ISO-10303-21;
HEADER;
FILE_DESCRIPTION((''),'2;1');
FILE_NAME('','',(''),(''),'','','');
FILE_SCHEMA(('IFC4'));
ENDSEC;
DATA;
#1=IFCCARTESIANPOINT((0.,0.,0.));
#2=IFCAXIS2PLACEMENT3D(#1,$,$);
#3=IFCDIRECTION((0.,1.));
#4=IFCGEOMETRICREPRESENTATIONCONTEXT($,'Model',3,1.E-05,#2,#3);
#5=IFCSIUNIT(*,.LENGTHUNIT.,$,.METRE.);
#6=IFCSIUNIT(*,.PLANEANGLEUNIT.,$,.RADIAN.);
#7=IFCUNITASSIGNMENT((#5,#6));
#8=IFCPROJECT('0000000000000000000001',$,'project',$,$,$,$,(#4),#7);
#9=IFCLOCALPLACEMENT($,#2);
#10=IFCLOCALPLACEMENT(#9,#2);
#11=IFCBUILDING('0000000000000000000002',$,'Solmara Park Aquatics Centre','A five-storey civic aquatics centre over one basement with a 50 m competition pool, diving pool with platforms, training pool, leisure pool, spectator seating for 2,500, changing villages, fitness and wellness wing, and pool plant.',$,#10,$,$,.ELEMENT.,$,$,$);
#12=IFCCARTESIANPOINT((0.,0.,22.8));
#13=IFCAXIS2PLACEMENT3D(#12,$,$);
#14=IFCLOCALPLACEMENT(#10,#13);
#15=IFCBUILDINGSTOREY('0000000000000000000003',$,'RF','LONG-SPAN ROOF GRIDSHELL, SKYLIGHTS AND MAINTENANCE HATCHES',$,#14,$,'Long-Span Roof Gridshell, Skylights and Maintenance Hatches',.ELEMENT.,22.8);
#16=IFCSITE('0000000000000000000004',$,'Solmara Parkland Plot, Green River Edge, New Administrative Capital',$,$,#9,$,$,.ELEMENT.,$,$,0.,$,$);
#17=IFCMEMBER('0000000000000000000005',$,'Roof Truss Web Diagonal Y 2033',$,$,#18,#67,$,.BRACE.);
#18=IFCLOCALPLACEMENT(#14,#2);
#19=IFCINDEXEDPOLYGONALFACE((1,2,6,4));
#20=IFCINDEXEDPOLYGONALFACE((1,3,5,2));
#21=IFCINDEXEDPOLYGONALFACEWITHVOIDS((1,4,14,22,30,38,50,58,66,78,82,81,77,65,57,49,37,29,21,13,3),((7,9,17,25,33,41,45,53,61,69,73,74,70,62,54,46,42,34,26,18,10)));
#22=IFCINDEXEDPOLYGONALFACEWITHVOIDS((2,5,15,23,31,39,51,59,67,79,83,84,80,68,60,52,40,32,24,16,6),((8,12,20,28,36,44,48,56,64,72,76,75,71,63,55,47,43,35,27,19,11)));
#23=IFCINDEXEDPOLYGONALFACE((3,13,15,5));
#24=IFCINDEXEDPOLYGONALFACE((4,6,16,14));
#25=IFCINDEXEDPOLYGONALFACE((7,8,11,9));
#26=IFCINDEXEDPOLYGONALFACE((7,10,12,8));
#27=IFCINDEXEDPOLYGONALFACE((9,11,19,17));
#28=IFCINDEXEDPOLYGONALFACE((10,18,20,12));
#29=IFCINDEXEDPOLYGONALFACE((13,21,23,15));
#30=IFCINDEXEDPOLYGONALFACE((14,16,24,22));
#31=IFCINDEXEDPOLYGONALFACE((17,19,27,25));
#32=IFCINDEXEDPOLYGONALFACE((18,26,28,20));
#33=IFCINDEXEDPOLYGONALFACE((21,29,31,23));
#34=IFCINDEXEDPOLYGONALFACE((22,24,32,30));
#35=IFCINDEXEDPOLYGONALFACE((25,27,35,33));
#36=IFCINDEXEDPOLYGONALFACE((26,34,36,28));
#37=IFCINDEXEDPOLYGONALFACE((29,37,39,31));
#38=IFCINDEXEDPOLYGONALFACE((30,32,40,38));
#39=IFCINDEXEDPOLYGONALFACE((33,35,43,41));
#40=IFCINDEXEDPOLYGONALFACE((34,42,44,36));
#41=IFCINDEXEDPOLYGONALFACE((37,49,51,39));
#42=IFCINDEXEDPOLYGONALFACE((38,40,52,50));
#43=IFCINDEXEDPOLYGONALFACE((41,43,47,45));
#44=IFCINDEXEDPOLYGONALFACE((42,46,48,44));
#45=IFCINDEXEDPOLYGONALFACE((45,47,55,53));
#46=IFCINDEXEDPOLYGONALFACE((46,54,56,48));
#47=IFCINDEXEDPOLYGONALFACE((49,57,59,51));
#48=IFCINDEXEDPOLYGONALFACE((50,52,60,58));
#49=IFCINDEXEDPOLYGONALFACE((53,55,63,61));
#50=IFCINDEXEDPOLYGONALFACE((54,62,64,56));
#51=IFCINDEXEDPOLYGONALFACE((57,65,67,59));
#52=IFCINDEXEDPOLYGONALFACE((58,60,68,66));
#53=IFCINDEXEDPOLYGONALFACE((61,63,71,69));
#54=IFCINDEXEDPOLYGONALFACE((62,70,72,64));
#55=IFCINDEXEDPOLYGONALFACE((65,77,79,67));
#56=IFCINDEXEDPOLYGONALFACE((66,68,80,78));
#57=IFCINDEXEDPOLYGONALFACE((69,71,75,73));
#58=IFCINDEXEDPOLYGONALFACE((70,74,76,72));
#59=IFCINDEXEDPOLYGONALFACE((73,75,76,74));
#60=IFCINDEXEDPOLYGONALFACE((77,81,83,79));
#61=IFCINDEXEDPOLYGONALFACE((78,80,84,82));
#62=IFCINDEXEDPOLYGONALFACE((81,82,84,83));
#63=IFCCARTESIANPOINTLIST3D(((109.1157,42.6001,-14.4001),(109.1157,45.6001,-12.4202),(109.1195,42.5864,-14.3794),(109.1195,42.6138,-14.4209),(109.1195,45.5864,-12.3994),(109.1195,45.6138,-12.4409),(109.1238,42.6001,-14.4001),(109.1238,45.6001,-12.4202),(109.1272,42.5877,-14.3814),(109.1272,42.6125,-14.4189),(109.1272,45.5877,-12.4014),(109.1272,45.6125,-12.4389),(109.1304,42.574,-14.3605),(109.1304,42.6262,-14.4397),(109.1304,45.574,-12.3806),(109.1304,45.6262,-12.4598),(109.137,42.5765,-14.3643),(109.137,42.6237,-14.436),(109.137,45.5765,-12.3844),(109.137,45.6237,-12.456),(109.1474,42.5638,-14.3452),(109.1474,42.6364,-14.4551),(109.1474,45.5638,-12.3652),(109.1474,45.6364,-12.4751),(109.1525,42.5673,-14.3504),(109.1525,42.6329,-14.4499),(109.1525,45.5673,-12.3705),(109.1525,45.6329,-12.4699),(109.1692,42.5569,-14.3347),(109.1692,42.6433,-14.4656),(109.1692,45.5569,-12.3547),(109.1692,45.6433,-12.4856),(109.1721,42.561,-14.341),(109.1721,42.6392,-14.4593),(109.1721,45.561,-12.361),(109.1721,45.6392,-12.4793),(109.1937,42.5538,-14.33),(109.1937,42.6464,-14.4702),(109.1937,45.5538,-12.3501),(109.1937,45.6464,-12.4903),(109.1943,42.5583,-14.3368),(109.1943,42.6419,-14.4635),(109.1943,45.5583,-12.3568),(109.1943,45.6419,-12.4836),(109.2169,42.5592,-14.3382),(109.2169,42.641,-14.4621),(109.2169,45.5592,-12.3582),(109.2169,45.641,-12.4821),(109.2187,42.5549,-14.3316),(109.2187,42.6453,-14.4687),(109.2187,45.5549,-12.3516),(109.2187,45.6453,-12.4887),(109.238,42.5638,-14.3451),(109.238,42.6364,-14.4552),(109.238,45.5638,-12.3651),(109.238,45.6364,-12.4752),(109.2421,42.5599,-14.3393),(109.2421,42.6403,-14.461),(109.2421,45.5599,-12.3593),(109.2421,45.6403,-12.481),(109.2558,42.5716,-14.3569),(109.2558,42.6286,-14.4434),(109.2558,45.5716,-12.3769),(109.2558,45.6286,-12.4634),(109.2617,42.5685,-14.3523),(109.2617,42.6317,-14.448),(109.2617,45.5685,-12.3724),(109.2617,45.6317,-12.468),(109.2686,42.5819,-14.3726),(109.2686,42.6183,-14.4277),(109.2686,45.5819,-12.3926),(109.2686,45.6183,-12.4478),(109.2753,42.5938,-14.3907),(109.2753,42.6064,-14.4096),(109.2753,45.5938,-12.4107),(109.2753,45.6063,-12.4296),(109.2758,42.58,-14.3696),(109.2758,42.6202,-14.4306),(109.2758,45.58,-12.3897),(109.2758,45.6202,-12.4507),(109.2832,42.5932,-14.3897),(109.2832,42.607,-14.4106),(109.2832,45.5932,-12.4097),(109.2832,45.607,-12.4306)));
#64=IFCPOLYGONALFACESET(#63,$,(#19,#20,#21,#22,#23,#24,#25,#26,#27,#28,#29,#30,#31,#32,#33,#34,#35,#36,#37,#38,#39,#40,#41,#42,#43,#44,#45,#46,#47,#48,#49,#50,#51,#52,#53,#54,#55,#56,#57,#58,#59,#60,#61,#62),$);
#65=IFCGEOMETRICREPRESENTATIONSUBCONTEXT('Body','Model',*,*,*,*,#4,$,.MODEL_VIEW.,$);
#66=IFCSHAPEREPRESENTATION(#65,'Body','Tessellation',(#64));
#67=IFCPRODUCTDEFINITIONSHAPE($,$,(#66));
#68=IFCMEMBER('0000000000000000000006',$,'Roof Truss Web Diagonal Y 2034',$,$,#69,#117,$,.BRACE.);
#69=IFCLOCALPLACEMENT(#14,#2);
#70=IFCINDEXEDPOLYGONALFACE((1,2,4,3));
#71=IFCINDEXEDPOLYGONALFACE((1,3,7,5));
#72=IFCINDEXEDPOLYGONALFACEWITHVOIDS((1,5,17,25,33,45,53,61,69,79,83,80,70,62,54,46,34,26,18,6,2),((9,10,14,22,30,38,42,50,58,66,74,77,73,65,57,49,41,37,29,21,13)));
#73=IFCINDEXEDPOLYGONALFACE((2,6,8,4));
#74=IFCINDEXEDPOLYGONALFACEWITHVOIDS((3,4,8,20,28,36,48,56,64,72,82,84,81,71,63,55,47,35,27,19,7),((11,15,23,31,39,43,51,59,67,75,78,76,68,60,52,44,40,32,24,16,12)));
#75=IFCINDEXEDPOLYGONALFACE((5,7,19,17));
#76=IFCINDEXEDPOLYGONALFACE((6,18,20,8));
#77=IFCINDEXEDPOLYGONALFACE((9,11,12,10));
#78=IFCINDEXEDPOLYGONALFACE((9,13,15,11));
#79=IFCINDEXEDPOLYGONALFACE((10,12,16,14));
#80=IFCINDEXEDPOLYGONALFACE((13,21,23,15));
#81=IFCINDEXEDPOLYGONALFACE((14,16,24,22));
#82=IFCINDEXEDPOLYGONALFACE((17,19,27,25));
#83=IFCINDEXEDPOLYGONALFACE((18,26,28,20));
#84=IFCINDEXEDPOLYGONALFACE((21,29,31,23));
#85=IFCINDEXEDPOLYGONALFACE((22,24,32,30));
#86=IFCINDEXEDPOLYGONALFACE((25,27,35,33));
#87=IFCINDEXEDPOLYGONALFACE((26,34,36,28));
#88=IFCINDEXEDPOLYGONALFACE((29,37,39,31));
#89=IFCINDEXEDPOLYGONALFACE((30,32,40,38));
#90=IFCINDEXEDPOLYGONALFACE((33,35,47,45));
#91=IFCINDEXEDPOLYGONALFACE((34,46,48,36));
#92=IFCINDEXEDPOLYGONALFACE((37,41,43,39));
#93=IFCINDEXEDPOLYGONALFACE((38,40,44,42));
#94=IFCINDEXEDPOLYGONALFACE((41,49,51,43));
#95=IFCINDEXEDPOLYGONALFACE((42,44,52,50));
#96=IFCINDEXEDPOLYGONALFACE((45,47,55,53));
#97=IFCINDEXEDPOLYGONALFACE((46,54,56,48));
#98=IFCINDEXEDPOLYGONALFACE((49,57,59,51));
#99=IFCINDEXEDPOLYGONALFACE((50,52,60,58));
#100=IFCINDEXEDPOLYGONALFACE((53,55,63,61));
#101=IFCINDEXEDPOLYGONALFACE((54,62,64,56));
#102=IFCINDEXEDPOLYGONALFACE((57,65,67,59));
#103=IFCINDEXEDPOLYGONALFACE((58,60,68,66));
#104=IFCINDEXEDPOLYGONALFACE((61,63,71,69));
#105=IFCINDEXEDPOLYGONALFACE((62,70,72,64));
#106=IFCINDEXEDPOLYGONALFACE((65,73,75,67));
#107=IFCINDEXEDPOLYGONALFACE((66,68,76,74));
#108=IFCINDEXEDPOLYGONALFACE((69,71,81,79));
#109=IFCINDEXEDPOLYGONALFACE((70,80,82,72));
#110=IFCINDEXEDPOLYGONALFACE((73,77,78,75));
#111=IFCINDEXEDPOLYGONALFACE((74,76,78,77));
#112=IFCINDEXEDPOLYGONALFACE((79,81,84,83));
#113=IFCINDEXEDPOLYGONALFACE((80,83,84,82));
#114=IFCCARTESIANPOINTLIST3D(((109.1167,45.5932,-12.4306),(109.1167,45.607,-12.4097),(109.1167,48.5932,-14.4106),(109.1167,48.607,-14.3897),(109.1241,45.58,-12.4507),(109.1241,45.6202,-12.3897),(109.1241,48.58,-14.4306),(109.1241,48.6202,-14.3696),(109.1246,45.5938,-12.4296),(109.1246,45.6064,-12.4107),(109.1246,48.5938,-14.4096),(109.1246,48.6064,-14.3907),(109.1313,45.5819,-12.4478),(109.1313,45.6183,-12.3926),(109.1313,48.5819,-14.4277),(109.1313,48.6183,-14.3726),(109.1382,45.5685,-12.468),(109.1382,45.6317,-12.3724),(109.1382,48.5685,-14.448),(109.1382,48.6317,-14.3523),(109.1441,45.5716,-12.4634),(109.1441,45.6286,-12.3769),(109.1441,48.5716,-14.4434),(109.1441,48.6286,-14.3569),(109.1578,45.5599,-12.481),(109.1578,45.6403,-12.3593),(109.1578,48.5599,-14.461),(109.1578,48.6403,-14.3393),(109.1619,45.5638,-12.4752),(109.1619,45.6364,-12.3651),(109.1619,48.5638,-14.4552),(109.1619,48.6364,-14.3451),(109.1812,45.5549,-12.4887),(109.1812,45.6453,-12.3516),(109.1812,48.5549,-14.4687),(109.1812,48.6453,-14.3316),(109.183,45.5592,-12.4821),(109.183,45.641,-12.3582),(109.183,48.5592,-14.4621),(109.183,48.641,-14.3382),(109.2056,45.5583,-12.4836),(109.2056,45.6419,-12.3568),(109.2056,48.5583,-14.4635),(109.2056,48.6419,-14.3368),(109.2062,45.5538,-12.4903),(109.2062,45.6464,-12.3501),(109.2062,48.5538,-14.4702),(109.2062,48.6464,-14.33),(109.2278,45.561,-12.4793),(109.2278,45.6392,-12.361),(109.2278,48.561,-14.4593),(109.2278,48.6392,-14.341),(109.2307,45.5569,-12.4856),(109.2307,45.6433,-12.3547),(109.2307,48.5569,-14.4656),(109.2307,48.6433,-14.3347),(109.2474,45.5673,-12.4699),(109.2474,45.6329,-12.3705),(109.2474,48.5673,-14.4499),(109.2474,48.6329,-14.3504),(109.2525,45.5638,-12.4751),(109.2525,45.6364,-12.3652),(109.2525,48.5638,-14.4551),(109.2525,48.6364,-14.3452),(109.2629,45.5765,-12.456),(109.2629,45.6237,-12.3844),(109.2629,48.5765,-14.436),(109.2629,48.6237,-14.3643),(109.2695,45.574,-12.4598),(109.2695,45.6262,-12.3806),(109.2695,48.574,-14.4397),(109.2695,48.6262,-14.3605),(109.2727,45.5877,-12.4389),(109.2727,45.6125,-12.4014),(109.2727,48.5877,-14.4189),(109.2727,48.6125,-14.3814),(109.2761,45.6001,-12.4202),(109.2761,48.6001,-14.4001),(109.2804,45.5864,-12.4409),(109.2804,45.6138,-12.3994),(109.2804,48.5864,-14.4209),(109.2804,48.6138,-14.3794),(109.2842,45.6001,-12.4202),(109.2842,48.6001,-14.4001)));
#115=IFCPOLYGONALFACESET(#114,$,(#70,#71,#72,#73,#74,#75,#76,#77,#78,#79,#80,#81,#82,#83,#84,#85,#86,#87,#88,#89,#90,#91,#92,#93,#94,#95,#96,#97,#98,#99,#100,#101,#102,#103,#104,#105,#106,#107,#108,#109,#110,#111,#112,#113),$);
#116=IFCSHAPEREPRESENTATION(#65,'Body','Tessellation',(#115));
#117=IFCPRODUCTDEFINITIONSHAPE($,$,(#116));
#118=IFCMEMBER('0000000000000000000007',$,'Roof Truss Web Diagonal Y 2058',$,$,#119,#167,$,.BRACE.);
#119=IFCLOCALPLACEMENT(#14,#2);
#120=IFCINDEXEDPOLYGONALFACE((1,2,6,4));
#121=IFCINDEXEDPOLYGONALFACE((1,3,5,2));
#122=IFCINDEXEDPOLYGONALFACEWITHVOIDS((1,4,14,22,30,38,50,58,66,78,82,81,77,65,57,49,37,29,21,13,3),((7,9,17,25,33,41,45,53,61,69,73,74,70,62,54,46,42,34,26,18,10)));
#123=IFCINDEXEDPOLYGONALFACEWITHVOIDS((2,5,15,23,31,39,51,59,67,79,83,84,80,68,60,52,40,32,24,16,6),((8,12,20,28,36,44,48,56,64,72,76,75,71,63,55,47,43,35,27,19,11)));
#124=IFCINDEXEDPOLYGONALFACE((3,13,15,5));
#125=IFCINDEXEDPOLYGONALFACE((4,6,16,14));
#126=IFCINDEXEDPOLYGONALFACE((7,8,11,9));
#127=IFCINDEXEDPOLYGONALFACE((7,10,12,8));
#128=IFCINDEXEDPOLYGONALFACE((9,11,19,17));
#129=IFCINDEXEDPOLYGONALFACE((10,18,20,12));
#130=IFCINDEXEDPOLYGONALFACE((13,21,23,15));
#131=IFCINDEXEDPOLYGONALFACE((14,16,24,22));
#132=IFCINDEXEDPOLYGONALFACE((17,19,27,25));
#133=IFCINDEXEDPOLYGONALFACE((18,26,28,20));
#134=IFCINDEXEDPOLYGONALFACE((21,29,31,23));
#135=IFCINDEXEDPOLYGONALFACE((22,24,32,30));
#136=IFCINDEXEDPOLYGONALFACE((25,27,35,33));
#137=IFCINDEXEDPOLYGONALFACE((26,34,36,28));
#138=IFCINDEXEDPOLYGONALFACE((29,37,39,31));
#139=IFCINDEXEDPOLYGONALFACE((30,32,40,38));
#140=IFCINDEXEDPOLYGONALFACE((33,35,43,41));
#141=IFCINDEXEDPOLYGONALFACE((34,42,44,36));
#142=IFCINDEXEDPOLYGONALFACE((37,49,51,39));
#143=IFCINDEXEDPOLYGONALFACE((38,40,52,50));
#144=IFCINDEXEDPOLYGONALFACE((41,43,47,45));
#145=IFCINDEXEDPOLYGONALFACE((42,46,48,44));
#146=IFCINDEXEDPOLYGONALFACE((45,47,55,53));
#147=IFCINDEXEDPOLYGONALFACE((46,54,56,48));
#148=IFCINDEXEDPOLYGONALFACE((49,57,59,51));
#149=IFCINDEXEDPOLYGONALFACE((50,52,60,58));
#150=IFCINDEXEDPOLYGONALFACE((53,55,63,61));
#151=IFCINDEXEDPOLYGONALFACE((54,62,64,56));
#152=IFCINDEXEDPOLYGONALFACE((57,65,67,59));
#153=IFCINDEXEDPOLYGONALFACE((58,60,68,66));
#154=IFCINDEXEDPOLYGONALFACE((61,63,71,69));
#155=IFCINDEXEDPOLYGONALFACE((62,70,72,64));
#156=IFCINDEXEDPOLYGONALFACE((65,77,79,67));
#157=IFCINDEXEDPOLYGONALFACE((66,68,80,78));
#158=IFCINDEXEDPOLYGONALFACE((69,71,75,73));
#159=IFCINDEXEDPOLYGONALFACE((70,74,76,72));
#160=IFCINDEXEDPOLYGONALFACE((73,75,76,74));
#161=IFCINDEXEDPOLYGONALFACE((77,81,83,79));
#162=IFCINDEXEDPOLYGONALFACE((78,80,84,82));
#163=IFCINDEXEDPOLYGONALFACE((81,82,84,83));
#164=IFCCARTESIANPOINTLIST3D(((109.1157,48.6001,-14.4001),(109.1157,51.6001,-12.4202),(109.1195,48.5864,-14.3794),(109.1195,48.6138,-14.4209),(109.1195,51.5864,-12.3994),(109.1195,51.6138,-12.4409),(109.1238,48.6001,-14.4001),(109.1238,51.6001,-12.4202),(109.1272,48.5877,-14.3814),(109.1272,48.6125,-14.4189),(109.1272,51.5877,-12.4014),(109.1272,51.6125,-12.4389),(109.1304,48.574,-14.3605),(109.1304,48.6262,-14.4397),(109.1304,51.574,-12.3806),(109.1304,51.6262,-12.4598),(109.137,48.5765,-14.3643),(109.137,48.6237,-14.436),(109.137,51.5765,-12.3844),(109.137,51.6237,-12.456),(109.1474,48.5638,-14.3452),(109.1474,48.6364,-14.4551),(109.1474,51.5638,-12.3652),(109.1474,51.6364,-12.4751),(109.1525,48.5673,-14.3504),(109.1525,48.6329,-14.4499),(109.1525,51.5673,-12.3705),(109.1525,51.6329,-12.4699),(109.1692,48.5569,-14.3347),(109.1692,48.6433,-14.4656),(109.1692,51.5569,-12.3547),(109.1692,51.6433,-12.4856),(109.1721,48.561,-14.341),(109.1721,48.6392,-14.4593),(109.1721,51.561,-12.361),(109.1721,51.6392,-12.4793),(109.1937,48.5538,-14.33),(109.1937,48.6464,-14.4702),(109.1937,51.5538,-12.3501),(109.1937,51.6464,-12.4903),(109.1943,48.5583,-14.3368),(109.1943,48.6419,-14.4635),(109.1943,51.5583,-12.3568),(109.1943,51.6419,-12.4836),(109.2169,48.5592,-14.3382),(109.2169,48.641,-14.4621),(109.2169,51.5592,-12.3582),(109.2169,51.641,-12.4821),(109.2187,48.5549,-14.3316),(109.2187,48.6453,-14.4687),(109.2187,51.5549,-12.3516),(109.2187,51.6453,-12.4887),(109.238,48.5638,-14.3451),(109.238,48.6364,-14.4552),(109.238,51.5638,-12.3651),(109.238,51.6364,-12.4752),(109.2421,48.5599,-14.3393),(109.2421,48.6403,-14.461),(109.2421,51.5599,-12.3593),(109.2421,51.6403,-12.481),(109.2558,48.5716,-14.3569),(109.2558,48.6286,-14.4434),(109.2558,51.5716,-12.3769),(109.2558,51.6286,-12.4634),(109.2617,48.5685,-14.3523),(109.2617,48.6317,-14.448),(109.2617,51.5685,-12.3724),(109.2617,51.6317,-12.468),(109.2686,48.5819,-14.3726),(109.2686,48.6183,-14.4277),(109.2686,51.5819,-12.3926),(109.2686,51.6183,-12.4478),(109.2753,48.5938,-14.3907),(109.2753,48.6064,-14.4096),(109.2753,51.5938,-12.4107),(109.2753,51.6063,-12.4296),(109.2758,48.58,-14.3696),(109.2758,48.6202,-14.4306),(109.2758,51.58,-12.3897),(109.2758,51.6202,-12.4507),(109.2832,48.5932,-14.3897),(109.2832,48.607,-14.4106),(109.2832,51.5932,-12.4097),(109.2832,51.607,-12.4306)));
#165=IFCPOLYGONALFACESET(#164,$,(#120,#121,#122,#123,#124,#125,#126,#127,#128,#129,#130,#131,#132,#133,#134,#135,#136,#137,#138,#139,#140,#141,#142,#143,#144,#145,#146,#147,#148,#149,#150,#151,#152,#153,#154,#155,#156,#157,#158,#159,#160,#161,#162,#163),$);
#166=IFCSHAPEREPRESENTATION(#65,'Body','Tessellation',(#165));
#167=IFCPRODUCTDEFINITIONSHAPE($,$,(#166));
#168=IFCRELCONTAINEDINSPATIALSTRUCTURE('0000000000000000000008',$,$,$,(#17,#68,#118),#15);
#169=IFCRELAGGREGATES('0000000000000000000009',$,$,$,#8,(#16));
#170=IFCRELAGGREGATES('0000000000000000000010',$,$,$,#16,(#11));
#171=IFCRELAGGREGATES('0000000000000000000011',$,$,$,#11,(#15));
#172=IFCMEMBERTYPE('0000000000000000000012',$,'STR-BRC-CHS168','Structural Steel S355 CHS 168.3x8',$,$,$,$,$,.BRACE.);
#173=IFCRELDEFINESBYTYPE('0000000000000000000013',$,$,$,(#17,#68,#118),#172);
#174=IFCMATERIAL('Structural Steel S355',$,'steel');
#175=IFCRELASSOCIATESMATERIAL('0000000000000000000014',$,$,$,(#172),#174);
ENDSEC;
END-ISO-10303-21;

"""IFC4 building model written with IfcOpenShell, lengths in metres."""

from ifc_helpers import new_model, si_unit, direction, frame, origin, origin_2d, place, context, subcontext, project, spatial, hollow_circle, extrude, material, material_profile, profile_set, type_object, element, save


model = new_model("IFC4")

# Units and contexts
model_context = context("Model", 3, precision=1e-05, world=origin(), true_north=direction((0.0, 1.0)))
body_context = subcontext(model_context, "Body", "Model", "MODEL_VIEW")
ifc_project = project(units=[si_unit("LENGTHUNIT", "METRE"), si_unit("PLANEANGLEUNIT", "RADIAN")], contexts=[model_context])

# Site, building, storey
site_placement = place(None, origin())
site = spatial("IfcSite", under=ifc_project, at=site_placement, Name="Solmara Parkland Plot, Green River Edge, New Administrative Capital", CompositionType="ELEMENT", RefElevation=0.0)
building_placement = place(site_placement, origin())
building = spatial("IfcBuilding", under=site, at=building_placement, Name="Solmara Park Aquatics Centre", Description="A five-storey civic aquatics centre over one basement with a 50 m competition pool, diving pool with platforms, training pool, leisure pool, spectator seating for 2,500, changing villages, fitness and wellness wing, and pool plant.", CompositionType="ELEMENT")
storey_placement = place(building_placement, frame((0.0, 0.0, 22.8)))
storey = spatial("IfcBuildingStorey", under=building, at=storey_placement, Name="RF", Description="LONG-SPAN ROOF GRIDSHELL, SKYLIGHTS AND MAINTENANCE HATCHES", LongName="Long-Span Roof Gridshell, Skylights and Maintenance Hatches", CompositionType="ELEMENT", Elevation=22.8)

# Shared definitions
ifc_material_1 = material(Name="Structural Steel S355", Category="steel")

# Members
ifc_material_profile_1 = material_profile(ifc_material_1, hollow_circle(Radius=0.0842, WallThickness=0.0081, at=origin_2d()), Name="CHS 168.3x8")
ifc_profile_set_1 = profile_set([ifc_material_profile_1], Name="Structural Steel S355")
member_type_1 = type_object("IfcMemberType", Name="STR-BRC-CHS168", Description="Structural Steel S355 CHS 168.3x8", PredefinedType="BRACE", material=ifc_profile_set_1)
for number, where, z_axis, x_axis, name in (
    (1, (109.2, 42.6001, -14.4001), (0.0, 0.834612, 0.550838), (-1.0, 0.0, 0.0), "Roof Truss Web Diagonal Y 2033"),
    (2, (109.2, 48.6001, -14.4001), (0.0, -0.834612, 0.550838), (1.0, 0.0, 0.0), "Roof Truss Web Diagonal Y 2034"),
    (3, (109.2, 48.6001, -14.4001), (0.0, 0.834612, 0.550838), (-1.0, 0.0, 0.0), "Roof Truss Web Diagonal Y 2058"),
):
    element("IfcMember", number, at=place(storey_placement, frame(where, z_axis=z_axis, x_axis=x_axis)), inside=storey, type_object=member_type_1, Name=name, PredefinedType="BRACE", context=body_context, shape_type="SweptSolid", body=[
        extrude(hollow_circle(Radius=0.0842, WallThickness=0.0081, at=origin_2d()), origin(), (0.0, 0.0, 1.0), 3.5945),
    ])

save(model, "model.ifc")
